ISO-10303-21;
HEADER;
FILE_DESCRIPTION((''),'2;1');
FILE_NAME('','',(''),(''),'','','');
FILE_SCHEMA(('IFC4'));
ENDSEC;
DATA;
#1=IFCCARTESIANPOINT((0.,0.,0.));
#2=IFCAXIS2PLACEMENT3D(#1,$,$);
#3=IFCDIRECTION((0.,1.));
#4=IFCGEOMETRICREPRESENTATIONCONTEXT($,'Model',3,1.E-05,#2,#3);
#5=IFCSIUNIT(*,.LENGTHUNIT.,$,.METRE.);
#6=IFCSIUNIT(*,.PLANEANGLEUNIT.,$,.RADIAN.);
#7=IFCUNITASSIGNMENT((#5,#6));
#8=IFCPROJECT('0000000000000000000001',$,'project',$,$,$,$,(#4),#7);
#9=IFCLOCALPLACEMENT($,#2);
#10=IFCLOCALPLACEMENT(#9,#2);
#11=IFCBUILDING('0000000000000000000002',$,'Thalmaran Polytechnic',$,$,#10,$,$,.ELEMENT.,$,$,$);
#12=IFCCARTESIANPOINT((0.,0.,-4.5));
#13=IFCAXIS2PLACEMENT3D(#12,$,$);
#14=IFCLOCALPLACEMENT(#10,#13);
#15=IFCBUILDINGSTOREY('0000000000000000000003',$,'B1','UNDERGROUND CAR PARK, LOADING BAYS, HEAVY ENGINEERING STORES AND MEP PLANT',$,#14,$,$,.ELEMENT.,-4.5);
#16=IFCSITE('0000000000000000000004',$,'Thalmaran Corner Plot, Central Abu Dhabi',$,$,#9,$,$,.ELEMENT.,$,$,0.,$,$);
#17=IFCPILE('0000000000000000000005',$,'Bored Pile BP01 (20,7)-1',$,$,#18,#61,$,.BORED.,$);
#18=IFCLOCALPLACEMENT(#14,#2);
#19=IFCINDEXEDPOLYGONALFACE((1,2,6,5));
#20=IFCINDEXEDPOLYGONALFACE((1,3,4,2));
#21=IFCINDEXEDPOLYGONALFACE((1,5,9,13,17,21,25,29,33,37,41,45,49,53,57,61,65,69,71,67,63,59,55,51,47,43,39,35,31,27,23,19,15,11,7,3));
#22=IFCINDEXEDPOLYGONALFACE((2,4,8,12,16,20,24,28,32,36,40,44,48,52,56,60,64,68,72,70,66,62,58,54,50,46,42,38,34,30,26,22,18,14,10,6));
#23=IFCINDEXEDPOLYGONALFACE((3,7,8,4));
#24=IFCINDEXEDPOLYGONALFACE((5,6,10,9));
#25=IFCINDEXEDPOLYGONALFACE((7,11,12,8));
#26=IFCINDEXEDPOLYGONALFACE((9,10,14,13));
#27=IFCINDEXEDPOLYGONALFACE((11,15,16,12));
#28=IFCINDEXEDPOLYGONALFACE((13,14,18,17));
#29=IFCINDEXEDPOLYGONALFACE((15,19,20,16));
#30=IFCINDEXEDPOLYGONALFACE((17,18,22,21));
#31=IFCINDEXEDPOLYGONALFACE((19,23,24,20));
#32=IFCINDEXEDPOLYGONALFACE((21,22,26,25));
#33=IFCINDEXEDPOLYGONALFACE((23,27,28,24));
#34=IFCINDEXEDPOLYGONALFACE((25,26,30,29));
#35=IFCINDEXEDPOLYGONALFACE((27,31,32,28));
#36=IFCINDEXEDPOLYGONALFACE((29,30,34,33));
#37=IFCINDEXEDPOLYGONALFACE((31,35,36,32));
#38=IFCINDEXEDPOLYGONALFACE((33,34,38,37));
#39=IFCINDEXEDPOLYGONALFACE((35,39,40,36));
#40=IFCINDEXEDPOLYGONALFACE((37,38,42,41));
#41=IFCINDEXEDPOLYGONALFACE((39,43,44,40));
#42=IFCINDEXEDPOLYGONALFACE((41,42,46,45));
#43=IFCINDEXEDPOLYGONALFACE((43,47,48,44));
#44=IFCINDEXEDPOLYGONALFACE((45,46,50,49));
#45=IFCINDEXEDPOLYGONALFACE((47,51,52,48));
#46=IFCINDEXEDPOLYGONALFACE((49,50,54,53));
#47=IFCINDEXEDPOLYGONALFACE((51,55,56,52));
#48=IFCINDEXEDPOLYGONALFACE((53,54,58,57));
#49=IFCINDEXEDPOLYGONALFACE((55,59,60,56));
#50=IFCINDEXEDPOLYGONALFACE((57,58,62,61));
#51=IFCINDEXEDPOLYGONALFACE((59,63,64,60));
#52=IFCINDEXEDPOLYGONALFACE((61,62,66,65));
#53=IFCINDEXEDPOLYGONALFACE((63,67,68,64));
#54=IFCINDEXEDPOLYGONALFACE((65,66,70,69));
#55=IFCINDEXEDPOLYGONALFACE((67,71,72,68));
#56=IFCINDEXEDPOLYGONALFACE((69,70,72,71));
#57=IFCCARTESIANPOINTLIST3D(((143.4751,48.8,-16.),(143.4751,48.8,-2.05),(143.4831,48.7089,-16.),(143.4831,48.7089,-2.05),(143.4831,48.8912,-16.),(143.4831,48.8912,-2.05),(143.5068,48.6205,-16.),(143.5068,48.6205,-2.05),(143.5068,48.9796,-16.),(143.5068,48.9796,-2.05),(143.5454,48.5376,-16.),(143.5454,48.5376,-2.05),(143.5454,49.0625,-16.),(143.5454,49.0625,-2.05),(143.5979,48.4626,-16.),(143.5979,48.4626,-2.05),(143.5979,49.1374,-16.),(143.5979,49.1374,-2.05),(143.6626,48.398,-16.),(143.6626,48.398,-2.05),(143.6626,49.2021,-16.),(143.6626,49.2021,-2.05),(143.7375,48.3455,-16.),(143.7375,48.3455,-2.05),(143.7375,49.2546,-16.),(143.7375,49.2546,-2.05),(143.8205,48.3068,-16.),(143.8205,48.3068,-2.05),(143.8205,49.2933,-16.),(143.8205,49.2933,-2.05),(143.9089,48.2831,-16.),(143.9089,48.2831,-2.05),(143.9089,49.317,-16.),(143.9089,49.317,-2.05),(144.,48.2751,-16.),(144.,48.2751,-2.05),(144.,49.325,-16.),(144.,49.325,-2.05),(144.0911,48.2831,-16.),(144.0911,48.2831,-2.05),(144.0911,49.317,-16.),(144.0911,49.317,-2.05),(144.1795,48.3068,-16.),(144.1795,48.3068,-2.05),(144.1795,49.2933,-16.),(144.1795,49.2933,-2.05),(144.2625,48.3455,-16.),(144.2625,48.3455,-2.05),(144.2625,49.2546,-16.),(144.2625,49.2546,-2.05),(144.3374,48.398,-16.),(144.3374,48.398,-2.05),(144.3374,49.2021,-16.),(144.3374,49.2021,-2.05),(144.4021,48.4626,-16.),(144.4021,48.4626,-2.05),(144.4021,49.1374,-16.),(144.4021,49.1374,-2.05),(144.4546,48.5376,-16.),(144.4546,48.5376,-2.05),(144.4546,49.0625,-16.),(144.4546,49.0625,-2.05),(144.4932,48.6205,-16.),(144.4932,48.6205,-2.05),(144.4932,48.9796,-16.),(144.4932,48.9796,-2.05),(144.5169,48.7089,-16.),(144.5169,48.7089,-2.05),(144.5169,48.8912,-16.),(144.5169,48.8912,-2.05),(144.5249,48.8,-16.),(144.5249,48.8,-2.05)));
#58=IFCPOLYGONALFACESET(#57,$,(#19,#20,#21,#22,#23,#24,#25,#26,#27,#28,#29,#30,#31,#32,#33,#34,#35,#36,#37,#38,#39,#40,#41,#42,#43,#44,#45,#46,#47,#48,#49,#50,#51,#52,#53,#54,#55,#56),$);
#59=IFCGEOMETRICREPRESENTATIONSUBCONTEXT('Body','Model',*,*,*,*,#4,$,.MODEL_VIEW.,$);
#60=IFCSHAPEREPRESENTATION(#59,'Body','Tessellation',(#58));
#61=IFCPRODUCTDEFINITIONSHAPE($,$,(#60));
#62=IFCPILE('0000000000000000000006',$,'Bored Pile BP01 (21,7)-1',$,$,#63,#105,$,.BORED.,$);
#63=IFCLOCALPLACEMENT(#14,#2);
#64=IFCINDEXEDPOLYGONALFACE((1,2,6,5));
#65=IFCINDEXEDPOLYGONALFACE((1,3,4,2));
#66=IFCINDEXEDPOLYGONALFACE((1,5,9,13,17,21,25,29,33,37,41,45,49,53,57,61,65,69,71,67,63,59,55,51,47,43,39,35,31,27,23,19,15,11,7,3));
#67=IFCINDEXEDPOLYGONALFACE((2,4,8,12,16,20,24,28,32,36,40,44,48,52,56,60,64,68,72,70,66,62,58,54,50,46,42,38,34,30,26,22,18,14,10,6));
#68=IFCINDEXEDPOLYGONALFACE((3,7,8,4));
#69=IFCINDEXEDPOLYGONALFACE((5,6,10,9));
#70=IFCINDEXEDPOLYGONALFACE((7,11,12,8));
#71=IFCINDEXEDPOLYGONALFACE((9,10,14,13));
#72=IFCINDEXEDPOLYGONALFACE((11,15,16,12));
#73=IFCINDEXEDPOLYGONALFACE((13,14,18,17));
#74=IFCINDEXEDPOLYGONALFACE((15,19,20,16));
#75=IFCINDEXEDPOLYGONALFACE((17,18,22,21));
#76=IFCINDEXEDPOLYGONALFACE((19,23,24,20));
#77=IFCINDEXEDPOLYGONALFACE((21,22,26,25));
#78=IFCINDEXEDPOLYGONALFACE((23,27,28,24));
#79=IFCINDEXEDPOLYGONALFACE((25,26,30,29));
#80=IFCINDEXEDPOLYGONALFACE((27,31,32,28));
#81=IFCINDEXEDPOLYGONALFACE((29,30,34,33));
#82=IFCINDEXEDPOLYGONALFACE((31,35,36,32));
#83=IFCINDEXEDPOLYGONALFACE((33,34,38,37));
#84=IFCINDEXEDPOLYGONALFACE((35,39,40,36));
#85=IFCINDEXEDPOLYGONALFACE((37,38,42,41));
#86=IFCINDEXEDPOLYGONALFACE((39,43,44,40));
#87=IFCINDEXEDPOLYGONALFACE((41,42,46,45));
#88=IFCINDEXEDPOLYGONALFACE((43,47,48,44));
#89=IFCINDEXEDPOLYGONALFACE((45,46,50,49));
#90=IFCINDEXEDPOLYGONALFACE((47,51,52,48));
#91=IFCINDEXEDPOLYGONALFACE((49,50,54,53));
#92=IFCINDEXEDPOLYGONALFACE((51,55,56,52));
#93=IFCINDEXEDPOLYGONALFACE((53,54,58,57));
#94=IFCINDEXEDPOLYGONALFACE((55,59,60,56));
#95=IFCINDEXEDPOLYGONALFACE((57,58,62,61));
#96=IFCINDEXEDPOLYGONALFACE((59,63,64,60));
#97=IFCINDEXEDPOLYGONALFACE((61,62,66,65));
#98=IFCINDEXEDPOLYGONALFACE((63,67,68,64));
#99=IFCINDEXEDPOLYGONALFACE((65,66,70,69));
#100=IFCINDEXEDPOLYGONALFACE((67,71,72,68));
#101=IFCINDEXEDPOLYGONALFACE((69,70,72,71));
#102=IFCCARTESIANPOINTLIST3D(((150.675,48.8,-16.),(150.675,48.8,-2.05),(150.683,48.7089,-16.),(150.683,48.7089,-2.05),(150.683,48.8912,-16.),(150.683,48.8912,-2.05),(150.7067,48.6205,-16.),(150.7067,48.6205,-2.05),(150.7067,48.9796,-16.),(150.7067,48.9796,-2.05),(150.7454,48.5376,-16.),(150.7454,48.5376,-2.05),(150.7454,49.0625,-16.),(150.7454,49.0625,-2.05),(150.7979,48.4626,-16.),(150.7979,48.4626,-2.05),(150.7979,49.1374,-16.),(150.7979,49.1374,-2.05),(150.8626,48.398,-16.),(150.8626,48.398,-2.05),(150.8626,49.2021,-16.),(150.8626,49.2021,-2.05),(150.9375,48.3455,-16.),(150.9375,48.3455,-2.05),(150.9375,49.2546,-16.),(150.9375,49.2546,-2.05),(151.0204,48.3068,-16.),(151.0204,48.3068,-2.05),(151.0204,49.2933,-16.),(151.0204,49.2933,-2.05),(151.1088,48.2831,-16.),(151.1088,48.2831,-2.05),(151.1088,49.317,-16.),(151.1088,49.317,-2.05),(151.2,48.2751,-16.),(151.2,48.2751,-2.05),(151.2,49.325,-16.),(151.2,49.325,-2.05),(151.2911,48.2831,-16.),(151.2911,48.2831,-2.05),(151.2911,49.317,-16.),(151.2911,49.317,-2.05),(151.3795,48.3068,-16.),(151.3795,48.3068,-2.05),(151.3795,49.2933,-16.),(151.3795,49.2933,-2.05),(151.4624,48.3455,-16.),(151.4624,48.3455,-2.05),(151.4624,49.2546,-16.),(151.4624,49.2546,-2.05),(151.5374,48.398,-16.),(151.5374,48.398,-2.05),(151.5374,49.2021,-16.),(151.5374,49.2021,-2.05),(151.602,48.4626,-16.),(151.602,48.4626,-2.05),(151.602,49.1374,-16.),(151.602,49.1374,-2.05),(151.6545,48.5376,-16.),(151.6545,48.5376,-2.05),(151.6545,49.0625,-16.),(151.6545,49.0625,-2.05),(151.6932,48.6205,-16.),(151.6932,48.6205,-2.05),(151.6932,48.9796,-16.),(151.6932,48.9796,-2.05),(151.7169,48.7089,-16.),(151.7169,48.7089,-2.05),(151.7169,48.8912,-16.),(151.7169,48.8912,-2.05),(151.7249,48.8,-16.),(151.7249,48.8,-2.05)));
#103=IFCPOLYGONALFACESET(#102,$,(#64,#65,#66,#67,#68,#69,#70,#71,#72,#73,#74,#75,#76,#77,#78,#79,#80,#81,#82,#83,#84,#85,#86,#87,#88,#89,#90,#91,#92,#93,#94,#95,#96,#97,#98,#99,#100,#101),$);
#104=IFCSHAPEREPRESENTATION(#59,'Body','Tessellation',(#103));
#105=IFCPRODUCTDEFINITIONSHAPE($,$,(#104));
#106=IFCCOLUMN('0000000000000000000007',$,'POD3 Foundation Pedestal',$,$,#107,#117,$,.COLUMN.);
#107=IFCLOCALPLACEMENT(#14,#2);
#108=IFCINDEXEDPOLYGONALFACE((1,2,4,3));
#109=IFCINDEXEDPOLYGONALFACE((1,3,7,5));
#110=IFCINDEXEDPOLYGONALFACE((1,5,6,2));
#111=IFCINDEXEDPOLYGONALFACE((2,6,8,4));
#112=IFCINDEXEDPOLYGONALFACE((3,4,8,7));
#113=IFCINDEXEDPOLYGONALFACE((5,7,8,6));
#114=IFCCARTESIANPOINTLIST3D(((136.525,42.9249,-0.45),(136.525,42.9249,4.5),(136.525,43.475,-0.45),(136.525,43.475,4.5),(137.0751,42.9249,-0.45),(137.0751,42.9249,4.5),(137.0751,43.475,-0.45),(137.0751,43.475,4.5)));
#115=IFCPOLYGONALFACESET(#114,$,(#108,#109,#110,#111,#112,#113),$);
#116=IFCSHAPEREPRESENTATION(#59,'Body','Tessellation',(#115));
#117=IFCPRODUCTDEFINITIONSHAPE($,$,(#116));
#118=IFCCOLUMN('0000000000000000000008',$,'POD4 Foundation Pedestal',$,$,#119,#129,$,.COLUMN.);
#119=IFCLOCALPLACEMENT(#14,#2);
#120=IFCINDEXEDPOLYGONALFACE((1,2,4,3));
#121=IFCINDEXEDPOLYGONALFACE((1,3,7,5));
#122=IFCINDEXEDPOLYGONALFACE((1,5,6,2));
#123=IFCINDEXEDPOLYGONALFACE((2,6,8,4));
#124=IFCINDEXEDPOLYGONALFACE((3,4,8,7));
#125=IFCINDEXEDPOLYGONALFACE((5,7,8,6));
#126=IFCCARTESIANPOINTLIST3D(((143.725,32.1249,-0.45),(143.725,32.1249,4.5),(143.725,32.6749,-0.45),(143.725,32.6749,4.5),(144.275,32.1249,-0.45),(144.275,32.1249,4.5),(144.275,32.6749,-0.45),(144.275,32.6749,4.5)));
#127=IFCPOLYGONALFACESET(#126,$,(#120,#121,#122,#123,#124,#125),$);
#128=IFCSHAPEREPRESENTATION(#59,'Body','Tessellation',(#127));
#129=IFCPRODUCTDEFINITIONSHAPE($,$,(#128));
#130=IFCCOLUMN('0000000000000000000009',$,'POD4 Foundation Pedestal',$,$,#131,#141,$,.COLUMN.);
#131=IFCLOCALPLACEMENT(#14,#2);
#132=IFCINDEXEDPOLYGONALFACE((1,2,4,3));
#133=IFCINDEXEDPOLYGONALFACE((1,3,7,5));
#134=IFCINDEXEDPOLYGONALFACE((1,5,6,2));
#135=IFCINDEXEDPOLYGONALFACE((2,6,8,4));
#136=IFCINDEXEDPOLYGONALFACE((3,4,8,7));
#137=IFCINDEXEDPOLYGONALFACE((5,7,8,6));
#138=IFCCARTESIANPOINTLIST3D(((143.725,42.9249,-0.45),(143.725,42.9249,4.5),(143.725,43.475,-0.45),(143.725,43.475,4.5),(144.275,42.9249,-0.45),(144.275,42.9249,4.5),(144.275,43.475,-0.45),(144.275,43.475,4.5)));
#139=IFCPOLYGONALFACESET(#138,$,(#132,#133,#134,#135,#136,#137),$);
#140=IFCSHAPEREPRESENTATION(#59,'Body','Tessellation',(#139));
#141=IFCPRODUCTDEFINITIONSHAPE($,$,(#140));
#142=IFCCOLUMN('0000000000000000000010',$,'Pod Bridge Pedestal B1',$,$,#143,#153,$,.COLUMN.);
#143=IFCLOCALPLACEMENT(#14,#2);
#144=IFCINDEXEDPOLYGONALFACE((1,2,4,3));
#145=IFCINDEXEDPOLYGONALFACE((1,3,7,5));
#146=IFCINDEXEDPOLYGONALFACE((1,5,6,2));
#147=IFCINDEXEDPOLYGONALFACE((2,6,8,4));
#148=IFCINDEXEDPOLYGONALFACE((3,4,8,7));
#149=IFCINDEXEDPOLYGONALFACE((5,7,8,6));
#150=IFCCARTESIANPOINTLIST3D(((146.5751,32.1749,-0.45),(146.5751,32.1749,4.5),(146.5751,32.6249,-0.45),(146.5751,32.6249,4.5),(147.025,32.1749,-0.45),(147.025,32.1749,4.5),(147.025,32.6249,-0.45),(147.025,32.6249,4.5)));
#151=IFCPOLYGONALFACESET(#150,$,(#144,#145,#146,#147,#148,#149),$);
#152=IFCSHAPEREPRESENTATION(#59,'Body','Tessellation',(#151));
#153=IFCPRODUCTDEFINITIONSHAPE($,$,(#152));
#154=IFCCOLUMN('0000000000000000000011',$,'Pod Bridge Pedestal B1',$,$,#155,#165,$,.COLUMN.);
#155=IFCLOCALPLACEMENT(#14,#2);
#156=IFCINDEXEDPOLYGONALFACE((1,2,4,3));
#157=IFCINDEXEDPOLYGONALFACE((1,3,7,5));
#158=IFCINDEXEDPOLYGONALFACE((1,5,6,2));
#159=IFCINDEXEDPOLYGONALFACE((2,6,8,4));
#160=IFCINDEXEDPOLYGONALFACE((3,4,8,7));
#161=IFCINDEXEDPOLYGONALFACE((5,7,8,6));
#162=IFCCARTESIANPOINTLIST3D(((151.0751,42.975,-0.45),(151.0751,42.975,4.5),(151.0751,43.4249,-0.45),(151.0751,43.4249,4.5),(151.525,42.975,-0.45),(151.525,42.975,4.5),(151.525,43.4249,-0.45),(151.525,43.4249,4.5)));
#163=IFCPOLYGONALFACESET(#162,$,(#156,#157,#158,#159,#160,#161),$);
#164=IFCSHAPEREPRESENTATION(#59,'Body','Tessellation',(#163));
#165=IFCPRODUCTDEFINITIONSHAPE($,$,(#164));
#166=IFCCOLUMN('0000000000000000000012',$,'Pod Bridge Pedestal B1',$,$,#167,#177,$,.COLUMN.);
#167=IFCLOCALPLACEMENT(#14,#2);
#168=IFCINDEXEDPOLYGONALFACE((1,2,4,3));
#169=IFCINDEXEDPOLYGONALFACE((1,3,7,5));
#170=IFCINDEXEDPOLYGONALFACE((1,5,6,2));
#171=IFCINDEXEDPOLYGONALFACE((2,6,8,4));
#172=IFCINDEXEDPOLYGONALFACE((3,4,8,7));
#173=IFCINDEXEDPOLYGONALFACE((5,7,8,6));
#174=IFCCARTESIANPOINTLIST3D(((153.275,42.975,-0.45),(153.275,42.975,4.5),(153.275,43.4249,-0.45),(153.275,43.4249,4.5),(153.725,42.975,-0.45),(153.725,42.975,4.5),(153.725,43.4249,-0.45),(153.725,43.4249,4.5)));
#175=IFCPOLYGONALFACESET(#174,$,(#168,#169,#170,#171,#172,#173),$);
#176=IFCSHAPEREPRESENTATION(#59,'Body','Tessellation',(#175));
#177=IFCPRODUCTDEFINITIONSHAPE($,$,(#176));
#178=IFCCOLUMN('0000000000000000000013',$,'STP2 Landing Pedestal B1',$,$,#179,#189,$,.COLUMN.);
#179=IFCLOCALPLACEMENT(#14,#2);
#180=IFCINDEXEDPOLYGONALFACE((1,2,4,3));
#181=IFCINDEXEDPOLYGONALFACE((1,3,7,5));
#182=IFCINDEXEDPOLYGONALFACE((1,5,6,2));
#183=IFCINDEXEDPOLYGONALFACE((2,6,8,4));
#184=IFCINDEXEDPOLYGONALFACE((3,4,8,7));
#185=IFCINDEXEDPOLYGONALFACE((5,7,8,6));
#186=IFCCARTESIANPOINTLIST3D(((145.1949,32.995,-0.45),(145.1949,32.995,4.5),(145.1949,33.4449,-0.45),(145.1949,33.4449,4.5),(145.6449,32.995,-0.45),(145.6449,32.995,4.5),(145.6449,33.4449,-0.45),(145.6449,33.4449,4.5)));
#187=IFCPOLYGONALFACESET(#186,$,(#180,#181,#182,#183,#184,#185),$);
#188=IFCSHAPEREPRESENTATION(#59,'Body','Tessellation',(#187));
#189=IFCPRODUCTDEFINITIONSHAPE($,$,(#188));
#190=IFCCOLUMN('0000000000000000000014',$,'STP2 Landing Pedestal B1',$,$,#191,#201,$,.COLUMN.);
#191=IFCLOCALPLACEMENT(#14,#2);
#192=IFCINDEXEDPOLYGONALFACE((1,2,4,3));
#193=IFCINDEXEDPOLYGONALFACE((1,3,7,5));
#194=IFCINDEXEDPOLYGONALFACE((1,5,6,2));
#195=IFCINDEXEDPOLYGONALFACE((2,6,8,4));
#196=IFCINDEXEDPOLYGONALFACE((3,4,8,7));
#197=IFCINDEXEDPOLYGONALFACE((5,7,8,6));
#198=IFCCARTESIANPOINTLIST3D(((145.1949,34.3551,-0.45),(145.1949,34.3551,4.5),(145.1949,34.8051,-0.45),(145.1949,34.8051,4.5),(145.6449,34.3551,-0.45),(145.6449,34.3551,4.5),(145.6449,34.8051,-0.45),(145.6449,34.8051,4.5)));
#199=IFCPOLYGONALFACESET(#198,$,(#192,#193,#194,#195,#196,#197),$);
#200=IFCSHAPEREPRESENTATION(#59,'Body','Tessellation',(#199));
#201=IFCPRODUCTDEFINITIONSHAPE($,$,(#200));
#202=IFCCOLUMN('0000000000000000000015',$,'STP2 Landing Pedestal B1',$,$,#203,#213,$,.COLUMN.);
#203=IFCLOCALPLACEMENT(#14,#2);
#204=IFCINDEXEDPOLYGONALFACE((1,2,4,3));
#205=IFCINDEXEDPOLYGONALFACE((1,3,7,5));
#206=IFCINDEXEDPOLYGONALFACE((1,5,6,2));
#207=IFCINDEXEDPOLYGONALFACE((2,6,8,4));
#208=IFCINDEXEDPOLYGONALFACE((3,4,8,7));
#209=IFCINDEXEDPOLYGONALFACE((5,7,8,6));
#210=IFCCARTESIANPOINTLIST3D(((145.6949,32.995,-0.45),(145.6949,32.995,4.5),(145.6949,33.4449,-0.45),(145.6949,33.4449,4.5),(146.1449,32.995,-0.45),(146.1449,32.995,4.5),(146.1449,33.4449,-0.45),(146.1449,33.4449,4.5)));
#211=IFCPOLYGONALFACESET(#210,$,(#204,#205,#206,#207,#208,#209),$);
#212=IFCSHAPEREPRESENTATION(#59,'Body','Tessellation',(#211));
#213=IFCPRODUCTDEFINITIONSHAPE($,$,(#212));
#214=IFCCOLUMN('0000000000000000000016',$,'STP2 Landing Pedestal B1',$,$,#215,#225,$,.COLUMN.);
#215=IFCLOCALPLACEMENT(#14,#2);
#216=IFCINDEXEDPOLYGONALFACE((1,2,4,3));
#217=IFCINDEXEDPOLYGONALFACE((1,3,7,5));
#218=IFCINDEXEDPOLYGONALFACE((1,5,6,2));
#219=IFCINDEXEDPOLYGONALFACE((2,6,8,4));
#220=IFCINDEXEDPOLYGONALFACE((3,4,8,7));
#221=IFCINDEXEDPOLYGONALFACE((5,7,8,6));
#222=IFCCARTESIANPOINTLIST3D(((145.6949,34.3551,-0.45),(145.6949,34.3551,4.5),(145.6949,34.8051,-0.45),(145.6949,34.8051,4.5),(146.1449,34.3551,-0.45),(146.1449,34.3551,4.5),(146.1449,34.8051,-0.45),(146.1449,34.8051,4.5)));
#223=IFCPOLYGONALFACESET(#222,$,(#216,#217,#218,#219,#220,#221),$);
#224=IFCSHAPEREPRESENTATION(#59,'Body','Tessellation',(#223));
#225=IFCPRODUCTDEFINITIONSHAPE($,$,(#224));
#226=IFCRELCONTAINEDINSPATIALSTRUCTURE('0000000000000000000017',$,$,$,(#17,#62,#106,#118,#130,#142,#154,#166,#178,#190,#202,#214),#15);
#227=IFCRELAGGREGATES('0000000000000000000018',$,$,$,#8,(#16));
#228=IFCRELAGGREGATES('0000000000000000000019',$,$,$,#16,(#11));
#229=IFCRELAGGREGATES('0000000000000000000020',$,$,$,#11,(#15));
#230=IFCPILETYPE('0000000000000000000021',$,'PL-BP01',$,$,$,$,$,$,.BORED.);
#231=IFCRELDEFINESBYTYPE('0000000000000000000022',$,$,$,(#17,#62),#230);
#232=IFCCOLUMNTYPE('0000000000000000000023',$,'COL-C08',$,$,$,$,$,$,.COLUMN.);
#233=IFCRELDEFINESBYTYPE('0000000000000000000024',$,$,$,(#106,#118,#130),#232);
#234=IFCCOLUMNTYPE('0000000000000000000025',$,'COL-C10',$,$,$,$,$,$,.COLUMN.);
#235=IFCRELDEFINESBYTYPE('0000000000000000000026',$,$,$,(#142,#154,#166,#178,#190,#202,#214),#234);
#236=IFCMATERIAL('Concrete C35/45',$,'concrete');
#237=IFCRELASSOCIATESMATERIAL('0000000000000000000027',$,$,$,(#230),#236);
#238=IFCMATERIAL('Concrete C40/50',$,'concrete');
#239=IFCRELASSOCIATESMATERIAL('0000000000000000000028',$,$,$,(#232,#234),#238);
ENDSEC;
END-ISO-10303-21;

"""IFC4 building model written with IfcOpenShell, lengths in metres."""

from ifc_helpers import new_model, si_unit, direction, frame, origin, origin_2d, place, context, subcontext, project, spatial, rectangle, circle, extrude, material, material_profile, profile_set, type_object, element, save


model = new_model("IFC4")

# Units and contexts
model_context = context("Model", 3, precision=1e-05, world=origin(), true_north=direction((0.0, 1.0)))
body_context = subcontext(model_context, "Body", "Model", "MODEL_VIEW")
ifc_project = project(units=[si_unit("LENGTHUNIT", "METRE"), si_unit("PLANEANGLEUNIT", "RADIAN")], contexts=[model_context])

# Site, building, storey
site_placement = place(None, origin())
site = spatial("IfcSite", under=ifc_project, at=site_placement, Name="Thalmaran Corner Plot, Central Abu Dhabi", CompositionType="ELEMENT", RefElevation=0.0)
building_placement = place(site_placement, origin())
building = spatial("IfcBuilding", under=site, at=building_placement, Name="Thalmaran Polytechnic", CompositionType="ELEMENT")
storey_placement = place(building_placement, frame((0.0, 0.0, -4.5)))
storey = spatial("IfcBuildingStorey", under=building, at=storey_placement, Name="B1", Description="UNDERGROUND CAR PARK, LOADING BAYS, HEAVY ENGINEERING STORES AND MEP PLANT", CompositionType="ELEMENT", Elevation=-4.5)

# Shared definitions
ifc_material_1 = material(Name="Concrete C40/50", Category="concrete")

# Piles
ifc_material_2 = material(Name="Concrete C35/45", Category="concrete")
ifc_material_profile_1 = material_profile(ifc_material_2, circle(Radius=0.5249, at=origin_2d()), Name="RC 1050 DIA")
ifc_profile_set_1 = profile_set([ifc_material_profile_1], Name="Concrete C35/45")
pile_type = type_object("IfcPileType", Name="PL-BP01", PredefinedType="BORED", material=ifc_profile_set_1)
for number, where, z_axis, x_axis, name in (
    (1, (144.0, 48.8, -2.05), (0.0, 0.0, -1.0), (1.0, 0.0, 0.0), "Bored Pile BP01 (20,7)-1"),
    (2, (151.2, 48.8, -2.05), (0.0, 0.0, -1.0), (1.0, 0.0, 0.0), "Bored Pile BP01 (21,7)-1"),
):
    element("IfcPile", number, at=place(storey_placement, frame(where, z_axis=z_axis, x_axis=x_axis)), inside=storey, type_object=pile_type, Name=name, PredefinedType="BORED", context=body_context, shape_type="SweptSolid", body=[
        extrude(circle(Radius=0.5249, at=origin_2d()), origin(), (0.0, 0.0, 1.0), 13.95),
    ])

# Columns
ifc_material_profile_2 = material_profile(ifc_material_1, rectangle(XDim=0.55, YDim=0.55, at=origin_2d()), Name="RC 550x550")
ifc_profile_set_2 = profile_set([ifc_material_profile_2], Name="Concrete C40/50")
column_type_1 = type_object("IfcColumnType", Name="COL-C08", PredefinedType="COLUMN", material=ifc_profile_set_2)
for number, where, z_axis, x_axis, name in (
    (3, (136.8, 43.2, -0.45), (0.0, 0.0, 1.0), (1.0, 0.0, 0.0), "POD3 Foundation Pedestal"),
    (4, (144.0, 32.3999, -0.45), (0.0, 0.0, 1.0), (1.0, 0.0, 0.0), "POD4 Foundation Pedestal"),
    (5, (144.0, 43.2, -0.45), (0.0, 0.0, 1.0), (1.0, 0.0, 0.0), "POD4 Foundation Pedestal"),
):
    element("IfcColumn", number, at=place(storey_placement, frame(where, z_axis=z_axis, x_axis=x_axis)), inside=storey, type_object=column_type_1, Name=name, PredefinedType="COLUMN", context=body_context, shape_type="SweptSolid", body=[
        extrude(rectangle(XDim=0.55, YDim=0.55, at=origin_2d()), origin(), (0.0, 0.0, 1.0), 4.95),
    ])
ifc_material_profile_3 = material_profile(ifc_material_1, rectangle(XDim=0.45, YDim=0.45, at=origin_2d()), Name="RC 450x450")
ifc_profile_set_3 = profile_set([ifc_material_profile_3], Name="Concrete C40/50")
column_type_2 = type_object("IfcColumnType", Name="COL-C10", PredefinedType="COLUMN", material=ifc_profile_set_3)
for number, where, z_axis, x_axis, name in (
    (6, (146.8, 32.3999, -0.45), (0.0, 0.0, 1.0), (1.0, 0.0, 0.0), "Pod Bridge Pedestal B1"),
    (7, (151.3, 43.2, -0.45), (0.0, 0.0, 1.0), (1.0, 0.0, 0.0), "Pod Bridge Pedestal B1"),
    (8, (153.5, 43.2, -0.45), (0.0, 0.0, 1.0), (1.0, 0.0, 0.0), "Pod Bridge Pedestal B1"),
    (9, (145.4199, 33.22, -0.45), (0.0, 0.0, 1.0), (1.0, 0.0, 0.0), "STP2 Landing Pedestal B1"),
    (10, (145.4199, 34.5801, -0.45), (0.0, 0.0, 1.0), (1.0, 0.0, 0.0), "STP2 Landing Pedestal B1"),
    (11, (145.9199, 33.22, -0.45), (0.0, 0.0, 1.0), (1.0, 0.0, 0.0), "STP2 Landing Pedestal B1"),
    (12, (145.9199, 34.5801, -0.45), (0.0, 0.0, 1.0), (1.0, 0.0, 0.0), "STP2 Landing Pedestal B1"),
):
    element("IfcColumn", number, at=place(storey_placement, frame(where, z_axis=z_axis, x_axis=x_axis)), inside=storey, type_object=column_type_2, Name=name, PredefinedType="COLUMN", context=body_context, shape_type="SweptSolid", body=[
        extrude(rectangle(XDim=0.45, YDim=0.45, at=origin_2d()), origin(), (0.0, 0.0, 1.0), 4.95),
    ])

save(model, "model.ifc")
